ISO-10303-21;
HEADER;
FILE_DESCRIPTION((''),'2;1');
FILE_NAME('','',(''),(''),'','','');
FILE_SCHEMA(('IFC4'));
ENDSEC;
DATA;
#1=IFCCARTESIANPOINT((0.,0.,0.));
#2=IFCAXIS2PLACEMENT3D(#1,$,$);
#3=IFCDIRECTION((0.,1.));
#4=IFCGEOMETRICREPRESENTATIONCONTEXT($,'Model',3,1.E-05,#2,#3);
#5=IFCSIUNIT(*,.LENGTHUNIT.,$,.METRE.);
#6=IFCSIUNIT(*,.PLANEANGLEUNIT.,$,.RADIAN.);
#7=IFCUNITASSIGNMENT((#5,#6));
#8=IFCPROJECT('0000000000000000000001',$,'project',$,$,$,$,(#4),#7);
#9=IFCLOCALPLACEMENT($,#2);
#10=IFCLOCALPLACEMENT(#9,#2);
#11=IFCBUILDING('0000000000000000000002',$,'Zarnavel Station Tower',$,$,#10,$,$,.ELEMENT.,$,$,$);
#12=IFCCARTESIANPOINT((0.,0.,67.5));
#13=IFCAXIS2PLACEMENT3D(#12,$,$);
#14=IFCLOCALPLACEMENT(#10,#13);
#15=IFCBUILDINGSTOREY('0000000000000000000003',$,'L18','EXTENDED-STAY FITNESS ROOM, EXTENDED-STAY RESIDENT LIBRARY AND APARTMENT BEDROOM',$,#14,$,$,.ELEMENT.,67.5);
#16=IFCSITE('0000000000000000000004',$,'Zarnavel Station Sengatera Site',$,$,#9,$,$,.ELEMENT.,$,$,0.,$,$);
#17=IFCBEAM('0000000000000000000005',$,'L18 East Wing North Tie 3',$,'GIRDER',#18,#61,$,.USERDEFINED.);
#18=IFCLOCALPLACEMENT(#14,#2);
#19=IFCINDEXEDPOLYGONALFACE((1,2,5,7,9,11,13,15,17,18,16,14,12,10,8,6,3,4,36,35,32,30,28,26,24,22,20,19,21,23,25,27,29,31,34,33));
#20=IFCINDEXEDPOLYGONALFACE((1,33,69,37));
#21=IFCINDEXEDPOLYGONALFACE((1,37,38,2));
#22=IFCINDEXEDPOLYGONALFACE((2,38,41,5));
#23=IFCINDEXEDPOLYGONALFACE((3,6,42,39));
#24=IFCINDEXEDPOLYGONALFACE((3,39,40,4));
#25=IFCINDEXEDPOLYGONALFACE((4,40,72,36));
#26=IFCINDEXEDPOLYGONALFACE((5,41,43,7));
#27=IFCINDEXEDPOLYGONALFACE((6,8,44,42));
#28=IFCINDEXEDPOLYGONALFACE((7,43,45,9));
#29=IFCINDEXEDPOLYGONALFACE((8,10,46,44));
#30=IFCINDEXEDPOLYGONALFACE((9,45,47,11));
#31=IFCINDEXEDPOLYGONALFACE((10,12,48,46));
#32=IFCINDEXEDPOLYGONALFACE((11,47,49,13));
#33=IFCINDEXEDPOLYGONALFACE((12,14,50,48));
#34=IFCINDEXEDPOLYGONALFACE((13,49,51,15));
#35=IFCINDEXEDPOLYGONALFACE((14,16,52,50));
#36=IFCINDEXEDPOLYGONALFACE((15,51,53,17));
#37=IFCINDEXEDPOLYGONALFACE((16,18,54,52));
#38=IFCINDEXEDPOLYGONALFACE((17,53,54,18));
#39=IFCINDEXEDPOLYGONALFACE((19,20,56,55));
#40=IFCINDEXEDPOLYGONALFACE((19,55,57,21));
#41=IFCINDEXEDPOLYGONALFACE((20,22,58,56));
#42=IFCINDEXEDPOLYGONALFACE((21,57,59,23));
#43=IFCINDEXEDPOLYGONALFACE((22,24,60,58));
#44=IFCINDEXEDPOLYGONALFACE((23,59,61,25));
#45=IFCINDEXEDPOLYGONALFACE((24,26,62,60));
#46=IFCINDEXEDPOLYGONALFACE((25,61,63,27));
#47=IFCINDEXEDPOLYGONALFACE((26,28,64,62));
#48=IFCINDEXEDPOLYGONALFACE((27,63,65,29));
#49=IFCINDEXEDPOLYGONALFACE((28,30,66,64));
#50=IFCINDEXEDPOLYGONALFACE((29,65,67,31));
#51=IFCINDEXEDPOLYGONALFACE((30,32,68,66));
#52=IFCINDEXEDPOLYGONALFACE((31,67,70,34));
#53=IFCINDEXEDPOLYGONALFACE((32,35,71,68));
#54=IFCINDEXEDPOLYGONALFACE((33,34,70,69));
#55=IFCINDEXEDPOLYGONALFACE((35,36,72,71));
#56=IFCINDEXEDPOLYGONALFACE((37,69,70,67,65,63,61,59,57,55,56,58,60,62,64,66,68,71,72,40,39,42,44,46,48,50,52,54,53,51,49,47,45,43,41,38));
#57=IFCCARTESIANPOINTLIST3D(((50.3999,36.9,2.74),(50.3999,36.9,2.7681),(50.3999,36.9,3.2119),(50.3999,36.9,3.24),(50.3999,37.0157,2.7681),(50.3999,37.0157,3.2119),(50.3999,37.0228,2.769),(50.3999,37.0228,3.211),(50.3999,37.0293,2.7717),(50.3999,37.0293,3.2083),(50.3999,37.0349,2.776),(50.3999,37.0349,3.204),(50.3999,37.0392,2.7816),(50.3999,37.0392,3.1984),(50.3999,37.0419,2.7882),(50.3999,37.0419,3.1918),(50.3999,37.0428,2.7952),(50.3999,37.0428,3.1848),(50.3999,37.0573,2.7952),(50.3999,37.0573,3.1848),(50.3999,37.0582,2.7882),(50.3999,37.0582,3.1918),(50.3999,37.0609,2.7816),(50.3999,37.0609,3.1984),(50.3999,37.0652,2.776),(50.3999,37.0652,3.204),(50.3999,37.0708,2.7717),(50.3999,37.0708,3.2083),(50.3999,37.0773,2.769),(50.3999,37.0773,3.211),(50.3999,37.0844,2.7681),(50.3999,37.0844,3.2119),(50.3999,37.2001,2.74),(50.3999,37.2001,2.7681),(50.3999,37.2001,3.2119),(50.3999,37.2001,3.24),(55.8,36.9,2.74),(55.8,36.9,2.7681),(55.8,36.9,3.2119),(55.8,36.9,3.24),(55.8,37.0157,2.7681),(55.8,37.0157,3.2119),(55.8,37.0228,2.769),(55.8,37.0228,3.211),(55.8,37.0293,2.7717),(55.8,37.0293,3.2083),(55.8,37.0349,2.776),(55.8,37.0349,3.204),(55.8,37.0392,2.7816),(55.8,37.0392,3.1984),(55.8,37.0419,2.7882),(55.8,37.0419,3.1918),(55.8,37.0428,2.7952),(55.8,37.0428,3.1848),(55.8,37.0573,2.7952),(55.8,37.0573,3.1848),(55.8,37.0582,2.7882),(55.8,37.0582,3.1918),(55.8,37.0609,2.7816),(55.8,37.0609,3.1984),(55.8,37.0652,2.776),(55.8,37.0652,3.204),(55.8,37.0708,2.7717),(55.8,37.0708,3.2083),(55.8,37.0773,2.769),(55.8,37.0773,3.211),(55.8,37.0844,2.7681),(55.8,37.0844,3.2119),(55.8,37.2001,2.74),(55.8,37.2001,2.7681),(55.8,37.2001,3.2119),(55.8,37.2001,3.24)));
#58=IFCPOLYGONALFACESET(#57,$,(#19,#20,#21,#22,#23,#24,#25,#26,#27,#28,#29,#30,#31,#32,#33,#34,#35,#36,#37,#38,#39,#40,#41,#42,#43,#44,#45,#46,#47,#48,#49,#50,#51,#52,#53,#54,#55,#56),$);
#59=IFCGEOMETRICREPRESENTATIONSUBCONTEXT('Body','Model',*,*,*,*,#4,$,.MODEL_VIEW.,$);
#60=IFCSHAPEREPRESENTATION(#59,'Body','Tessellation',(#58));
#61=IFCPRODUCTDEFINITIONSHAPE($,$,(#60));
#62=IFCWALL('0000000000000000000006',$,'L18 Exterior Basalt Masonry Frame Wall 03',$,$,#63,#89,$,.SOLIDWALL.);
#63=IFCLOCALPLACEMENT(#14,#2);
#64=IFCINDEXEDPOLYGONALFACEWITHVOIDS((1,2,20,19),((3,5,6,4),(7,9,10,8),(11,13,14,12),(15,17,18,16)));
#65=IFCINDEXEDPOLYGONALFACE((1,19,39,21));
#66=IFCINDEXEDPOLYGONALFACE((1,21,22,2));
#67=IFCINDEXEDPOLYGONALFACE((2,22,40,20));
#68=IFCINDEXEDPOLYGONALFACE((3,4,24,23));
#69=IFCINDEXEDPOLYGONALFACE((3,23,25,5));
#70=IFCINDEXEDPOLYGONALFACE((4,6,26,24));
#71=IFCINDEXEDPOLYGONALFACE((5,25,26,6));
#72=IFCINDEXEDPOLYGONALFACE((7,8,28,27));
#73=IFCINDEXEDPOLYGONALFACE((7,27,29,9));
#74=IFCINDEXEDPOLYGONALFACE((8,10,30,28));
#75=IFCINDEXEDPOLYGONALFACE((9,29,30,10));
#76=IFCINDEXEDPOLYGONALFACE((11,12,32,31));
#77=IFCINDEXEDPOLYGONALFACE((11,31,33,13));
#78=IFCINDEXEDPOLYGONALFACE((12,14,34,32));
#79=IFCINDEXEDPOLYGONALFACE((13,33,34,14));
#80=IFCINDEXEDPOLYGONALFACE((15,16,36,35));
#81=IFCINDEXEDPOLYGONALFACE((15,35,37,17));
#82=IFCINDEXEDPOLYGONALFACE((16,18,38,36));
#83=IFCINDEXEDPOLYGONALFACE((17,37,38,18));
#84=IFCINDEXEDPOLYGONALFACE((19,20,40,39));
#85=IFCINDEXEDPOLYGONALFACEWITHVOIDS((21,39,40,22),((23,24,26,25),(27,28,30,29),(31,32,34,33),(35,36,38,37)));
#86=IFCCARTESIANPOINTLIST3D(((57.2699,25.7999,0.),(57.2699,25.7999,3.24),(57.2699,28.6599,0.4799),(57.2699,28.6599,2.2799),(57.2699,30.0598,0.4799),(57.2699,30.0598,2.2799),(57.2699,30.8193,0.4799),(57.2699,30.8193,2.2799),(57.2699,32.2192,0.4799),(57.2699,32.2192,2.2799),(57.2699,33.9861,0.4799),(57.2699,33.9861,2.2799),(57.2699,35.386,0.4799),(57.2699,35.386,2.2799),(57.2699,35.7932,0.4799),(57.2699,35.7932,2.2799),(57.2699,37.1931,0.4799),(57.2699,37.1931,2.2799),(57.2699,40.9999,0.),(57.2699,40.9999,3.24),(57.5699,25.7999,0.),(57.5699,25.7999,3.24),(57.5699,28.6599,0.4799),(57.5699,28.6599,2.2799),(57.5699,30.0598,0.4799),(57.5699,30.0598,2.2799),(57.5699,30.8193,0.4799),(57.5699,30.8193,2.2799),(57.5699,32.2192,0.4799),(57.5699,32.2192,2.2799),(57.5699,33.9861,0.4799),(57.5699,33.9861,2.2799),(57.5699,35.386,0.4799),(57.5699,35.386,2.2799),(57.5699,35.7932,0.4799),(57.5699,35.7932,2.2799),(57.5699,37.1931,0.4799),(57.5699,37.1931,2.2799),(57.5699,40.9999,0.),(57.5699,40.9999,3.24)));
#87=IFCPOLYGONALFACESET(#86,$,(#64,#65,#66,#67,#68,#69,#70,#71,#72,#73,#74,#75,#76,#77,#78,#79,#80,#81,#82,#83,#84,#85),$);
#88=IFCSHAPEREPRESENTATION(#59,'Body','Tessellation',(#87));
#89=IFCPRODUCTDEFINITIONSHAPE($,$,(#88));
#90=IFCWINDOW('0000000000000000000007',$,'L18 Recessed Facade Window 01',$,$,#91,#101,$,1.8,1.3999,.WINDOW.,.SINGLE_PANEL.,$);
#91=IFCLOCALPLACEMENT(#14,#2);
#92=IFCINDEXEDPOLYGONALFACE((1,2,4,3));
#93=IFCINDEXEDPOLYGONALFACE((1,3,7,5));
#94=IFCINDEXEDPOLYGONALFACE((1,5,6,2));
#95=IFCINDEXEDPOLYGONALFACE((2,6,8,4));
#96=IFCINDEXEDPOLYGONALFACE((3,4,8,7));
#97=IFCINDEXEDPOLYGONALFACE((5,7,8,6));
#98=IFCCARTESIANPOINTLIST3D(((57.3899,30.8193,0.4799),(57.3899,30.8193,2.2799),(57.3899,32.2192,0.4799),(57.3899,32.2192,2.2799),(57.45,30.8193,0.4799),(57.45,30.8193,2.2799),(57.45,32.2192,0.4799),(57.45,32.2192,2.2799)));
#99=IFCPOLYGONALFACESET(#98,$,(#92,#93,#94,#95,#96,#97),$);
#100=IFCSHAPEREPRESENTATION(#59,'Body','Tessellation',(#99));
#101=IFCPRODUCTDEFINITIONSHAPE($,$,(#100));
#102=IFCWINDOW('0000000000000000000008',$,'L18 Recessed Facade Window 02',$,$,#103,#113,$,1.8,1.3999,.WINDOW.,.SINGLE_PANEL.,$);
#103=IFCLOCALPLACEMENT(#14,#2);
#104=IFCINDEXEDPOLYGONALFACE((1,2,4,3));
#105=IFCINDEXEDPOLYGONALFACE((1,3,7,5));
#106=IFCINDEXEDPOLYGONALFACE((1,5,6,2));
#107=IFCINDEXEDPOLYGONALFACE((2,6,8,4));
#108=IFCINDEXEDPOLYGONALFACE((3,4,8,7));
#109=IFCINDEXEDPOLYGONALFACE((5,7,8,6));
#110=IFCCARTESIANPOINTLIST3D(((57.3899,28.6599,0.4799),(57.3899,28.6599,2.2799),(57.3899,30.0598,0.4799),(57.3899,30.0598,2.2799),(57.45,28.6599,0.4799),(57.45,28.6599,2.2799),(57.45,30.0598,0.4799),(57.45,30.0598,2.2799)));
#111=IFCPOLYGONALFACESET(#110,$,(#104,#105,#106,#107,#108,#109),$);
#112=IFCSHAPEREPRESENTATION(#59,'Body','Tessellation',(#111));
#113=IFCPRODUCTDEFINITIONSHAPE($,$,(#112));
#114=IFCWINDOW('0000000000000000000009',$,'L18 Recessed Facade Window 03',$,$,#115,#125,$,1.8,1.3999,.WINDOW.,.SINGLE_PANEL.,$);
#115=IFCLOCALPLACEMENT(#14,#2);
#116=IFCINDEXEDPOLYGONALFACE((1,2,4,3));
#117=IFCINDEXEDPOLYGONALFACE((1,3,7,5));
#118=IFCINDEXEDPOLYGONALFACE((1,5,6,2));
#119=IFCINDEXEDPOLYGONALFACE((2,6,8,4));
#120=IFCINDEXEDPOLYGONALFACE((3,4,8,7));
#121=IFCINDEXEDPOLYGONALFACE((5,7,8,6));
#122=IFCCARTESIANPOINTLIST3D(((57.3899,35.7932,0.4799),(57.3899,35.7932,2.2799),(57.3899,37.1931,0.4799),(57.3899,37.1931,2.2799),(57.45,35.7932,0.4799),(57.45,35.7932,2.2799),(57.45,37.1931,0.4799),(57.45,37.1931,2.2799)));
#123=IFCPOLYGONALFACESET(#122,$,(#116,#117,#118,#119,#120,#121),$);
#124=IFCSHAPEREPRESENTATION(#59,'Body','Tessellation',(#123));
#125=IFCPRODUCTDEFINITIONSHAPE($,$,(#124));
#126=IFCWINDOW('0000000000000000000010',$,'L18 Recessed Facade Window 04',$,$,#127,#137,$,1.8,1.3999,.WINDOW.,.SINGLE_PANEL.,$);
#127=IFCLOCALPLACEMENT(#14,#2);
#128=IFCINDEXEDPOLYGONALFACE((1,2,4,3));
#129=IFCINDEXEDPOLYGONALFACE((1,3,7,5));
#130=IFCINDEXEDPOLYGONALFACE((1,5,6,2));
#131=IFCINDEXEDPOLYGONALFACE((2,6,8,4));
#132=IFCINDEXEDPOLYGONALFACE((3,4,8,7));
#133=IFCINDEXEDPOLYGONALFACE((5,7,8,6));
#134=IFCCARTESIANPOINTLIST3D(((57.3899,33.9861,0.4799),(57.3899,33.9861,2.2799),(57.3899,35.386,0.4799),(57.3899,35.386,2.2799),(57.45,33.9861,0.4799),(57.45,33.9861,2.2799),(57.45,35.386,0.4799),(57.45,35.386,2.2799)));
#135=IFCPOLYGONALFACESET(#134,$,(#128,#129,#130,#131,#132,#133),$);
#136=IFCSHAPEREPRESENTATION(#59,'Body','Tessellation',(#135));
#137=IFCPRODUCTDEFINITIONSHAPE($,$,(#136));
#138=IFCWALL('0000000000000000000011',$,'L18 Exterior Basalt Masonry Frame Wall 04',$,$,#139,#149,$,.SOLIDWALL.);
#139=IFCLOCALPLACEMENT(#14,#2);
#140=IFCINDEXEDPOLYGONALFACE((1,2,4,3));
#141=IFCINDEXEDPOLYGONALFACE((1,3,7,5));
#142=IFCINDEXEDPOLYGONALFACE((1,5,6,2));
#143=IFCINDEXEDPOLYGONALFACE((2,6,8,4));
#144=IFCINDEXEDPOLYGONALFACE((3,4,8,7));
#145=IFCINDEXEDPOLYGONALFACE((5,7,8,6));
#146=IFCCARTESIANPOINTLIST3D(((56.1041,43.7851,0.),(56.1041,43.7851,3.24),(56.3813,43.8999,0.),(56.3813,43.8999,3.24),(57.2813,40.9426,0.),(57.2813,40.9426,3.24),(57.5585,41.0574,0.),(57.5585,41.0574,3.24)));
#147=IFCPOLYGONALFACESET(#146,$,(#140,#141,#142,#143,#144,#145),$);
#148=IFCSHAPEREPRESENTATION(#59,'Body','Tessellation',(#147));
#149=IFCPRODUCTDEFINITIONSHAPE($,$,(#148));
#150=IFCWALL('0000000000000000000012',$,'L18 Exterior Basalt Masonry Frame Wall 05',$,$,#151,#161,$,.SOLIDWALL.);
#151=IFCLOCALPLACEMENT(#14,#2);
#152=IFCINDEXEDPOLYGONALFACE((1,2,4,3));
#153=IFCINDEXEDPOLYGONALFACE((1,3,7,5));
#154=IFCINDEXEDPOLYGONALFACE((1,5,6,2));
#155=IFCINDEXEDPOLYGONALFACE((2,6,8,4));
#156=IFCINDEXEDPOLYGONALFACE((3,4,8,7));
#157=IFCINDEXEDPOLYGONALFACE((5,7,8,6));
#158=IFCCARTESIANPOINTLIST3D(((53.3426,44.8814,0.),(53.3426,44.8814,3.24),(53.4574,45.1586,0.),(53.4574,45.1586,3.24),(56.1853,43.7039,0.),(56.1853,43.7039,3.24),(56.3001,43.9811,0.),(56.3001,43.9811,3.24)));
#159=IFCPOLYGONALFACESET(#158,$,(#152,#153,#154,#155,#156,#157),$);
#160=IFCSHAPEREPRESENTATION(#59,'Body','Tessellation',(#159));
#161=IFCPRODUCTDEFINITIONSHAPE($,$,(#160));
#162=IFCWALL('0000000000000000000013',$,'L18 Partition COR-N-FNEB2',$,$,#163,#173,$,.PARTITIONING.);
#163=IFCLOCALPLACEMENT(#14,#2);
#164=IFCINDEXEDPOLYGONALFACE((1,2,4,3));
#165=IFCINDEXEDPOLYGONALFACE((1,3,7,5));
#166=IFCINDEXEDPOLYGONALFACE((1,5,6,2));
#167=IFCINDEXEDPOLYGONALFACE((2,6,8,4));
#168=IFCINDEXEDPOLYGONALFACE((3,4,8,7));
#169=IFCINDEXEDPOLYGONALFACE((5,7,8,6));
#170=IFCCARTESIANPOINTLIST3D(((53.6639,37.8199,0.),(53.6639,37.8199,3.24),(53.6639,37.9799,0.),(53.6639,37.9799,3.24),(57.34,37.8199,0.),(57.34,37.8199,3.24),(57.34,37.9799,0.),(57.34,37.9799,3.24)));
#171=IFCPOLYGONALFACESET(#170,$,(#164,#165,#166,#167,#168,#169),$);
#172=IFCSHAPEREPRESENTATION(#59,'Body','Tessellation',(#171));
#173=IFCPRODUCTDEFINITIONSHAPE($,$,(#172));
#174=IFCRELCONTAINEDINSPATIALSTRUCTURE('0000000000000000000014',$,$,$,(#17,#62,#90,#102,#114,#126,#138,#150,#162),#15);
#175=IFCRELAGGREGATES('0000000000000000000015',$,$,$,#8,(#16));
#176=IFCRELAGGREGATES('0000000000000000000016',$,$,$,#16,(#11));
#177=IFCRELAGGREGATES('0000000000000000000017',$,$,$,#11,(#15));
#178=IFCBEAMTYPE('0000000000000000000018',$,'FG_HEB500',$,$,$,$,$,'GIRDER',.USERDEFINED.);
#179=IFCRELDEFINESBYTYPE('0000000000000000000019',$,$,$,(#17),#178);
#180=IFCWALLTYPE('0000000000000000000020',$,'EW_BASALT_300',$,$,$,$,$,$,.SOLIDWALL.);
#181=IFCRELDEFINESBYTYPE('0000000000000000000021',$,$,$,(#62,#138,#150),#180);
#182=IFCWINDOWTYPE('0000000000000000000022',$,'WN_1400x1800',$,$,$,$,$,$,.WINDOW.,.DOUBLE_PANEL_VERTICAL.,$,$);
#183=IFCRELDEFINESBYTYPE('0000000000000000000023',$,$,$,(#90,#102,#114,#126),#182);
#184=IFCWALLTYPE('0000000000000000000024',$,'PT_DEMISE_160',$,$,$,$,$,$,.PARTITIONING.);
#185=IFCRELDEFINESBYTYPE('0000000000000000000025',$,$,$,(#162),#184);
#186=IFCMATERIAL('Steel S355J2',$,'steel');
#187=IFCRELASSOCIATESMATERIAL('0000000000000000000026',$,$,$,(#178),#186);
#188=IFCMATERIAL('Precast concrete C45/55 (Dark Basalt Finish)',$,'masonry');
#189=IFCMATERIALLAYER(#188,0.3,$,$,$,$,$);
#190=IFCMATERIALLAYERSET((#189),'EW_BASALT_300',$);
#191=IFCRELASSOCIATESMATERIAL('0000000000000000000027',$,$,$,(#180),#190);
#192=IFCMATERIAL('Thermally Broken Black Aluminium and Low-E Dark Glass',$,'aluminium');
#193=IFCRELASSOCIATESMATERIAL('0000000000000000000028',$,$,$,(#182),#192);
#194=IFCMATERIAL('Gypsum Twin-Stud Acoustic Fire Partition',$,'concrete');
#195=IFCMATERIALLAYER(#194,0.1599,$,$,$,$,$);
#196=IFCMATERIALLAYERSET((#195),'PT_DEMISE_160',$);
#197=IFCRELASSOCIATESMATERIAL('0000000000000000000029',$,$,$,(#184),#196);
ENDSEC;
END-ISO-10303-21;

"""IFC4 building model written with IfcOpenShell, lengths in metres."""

from ifc_helpers import new_model, si_unit, direction, frame, frame_2d, origin, origin_2d, place, context, subcontext, project, spatial, rectangle, i_section, extrude, material, layer, layer_set, material_profile, profile_set, type_object, element, fill, save


model = new_model("IFC4")

# Units and contexts
model_context = context("Model", 3, precision=1e-05, world=origin(), true_north=direction((0.0, 1.0)))
body_context = subcontext(model_context, "Body", "Model", "MODEL_VIEW")
ifc_project = project(units=[si_unit("LENGTHUNIT", "METRE"), si_unit("PLANEANGLEUNIT", "RADIAN")], contexts=[model_context])

# Site, building, storey
site_placement = place(None, origin())
site = spatial("IfcSite", under=ifc_project, at=site_placement, Name="Zarnavel Station Sengatera Site", CompositionType="ELEMENT", RefElevation=0.0)
building_placement = place(site_placement, origin())
building = spatial("IfcBuilding", under=site, at=building_placement, Name="Zarnavel Station Tower", CompositionType="ELEMENT")
storey_placement = place(building_placement, frame((0.0, 0.0, 67.5)))
storey = spatial("IfcBuildingStorey", under=building, at=storey_placement, Name="L18", Description="EXTENDED-STAY FITNESS ROOM, EXTENDED-STAY RESIDENT LIBRARY AND APARTMENT BEDROOM", CompositionType="ELEMENT", Elevation=67.5)

# Beam
ifc_material_1 = material(Name="Steel S355J2", Category="steel")
ifc_material_profile_1 = material_profile(ifc_material_1, i_section(OverallWidth=0.3, OverallDepth=0.5, WebThickness=0.0144, FlangeThickness=0.0281, FilletRadius=0.0271, at=origin_2d()), Name="HEB500")
ifc_profile_set_1 = profile_set([ifc_material_profile_1], Name="Steel S355J2")
beam_type = type_object("IfcBeamType", Name="FG_HEB500", ElementType="GIRDER", PredefinedType="USERDEFINED", material=ifc_profile_set_1)
beam_1_placement = place(storey_placement, frame((50.3999, 37.05, 2.99), z_axis=(1.0, 0.0, 0.0), x_axis=(0.0, 1.0, 0.0)))
element("IfcBeam", 1, at=beam_1_placement, inside=storey, type_object=beam_type, Name="L18 East Wing North Tie 3", ObjectType="GIRDER", PredefinedType="USERDEFINED", context=body_context, shape_type="SweptSolid", body=[
    extrude(i_section(OverallWidth=0.3, OverallDepth=0.5, WebThickness=0.0144, FlangeThickness=0.0281, FilletRadius=0.0271, at=origin_2d()), origin(), (0.0, 0.0, 1.0), 5.4001),
])

# Wall, openings, windows
ifc_material_2 = material(Name="Precast concrete C45/55 (Dark Basalt Finish)", Category="masonry")
ifc_layer_1 = layer(ifc_material_2, 0.3)
ifc_layer_set_1 = layer_set([ifc_layer_1], Name="EW_BASALT_300")
wall_type_1 = type_object("IfcWallType", Name="EW_BASALT_300", PredefinedType="SOLIDWALL", material=ifc_layer_set_1)
wall_1_placement = place(storey_placement, frame((57.4199, 41.0, 0.0), z_axis=(0.0, 0.0, 1.0), x_axis=(0.0, -1.0, 0.0)))
wall_1 = element("IfcWall", 2, at=wall_1_placement, inside=storey, type_object=wall_type_1, Name="L18 Exterior Basalt Masonry Frame Wall 03", PredefinedType="SOLIDWALL", context=body_context, shape_type="SweptSolid", body=[
    extrude(rectangle(XDim=15.2, YDim=0.3, at=frame_2d((7.6001, 0.0))), origin(), (0.0, 0.0, 1.0), 3.24),
])
opening_1_placement = place(wall_1_placement, frame((8.7808, 0.0, 0.48)))
opening_1 = element("IfcOpeningElement", 3, at=opening_1_placement, cuts=wall_1, PredefinedType="OPENING", context=body_context, shape_type="SweptSolid", body=[
    extrude(rectangle(XDim=1.3999, YDim=1.8, at=frame_2d((0.7, 0.8999))), frame((0.0, 0.1599, 0.0), z_axis=(0.0, -1.0, 0.0), x_axis=(1.0, 0.0, 0.0)), (0.0, 0.0, 1.0), 0.3201),
])
opening_2_placement = place(wall_1_placement, frame((10.9402, 0.0, 0.48)))
opening_2 = element("IfcOpeningElement", 4, at=opening_2_placement, cuts=wall_1, PredefinedType="OPENING", context=body_context, shape_type="SweptSolid", body=[
    extrude(rectangle(XDim=1.3999, YDim=1.8, at=frame_2d((0.7, 0.8999))), frame((0.0, 0.1599, 0.0), z_axis=(0.0, -1.0, 0.0), x_axis=(1.0, 0.0, 0.0)), (0.0, 0.0, 1.0), 0.3201),
])
opening_3_placement = place(wall_1_placement, frame((3.8069, 0.0, 0.48)))
opening_3 = element("IfcOpeningElement", 5, at=opening_3_placement, cuts=wall_1, PredefinedType="OPENING", context=body_context, shape_type="SweptSolid", body=[
    extrude(rectangle(XDim=1.3999, YDim=1.8, at=frame_2d((0.7, 0.8999))), frame((0.0, 0.1599, 0.0), z_axis=(0.0, -1.0, 0.0), x_axis=(1.0, 0.0, 0.0)), (0.0, 0.0, 1.0), 0.3201),
])
opening_4_placement = place(wall_1_placement, frame((5.614, 0.0, 0.48)))
opening_4 = element("IfcOpeningElement", 6, at=opening_4_placement, cuts=wall_1, PredefinedType="OPENING", context=body_context, shape_type="SweptSolid", body=[
    extrude(rectangle(XDim=1.3999, YDim=1.8, at=frame_2d((0.7, 0.8999))), frame((0.0, 0.1599, 0.0), z_axis=(0.0, -1.0, 0.0), x_axis=(1.0, 0.0, 0.0)), (0.0, 0.0, 1.0), 0.3201),
])
ifc_material_3 = material(Name="Thermally Broken Black Aluminium and Low-E Dark Glass", Category="aluminium")
window_type = type_object("IfcWindowType", Name="WN_1400x1800", PartitioningType="DOUBLE_PANEL_VERTICAL", PredefinedType="WINDOW", material=ifc_material_3)
window_1_placement = place(opening_1_placement, origin())
window_1 = element("IfcWindow", 7, at=window_1_placement, inside=storey, type_object=window_type, Name="L18 Recessed Facade Window 01", OverallHeight=1.8, OverallWidth=1.3999, PartitioningType="SINGLE_PANEL", PredefinedType="WINDOW", context=body_context, shape_type="SweptSolid", body=[
    extrude(rectangle(XDim=1.3999, YDim=1.8, at=frame_2d((0.7, 0.8999))), frame((0.0, 0.03, 0.0), z_axis=(0.0, -1.0, 0.0), x_axis=(1.0, 0.0, 0.0)), (0.0, 0.0, 1.0), 0.0601),
])
fill(opening_1, window_1)
window_2_placement = place(opening_2_placement, origin())
window_2 = element("IfcWindow", 8, at=window_2_placement, inside=storey, type_object=window_type, Name="L18 Recessed Facade Window 02", OverallHeight=1.8, OverallWidth=1.3999, PartitioningType="SINGLE_PANEL", PredefinedType="WINDOW", context=body_context, shape_type="SweptSolid", body=[
    extrude(rectangle(XDim=1.3999, YDim=1.8, at=frame_2d((0.7, 0.8999))), frame((0.0, 0.03, 0.0), z_axis=(0.0, -1.0, 0.0), x_axis=(1.0, 0.0, 0.0)), (0.0, 0.0, 1.0), 0.0601),
])
fill(opening_2, window_2)
window_3_placement = place(opening_3_placement, origin())
window_3 = element("IfcWindow", 9, at=window_3_placement, inside=storey, type_object=window_type, Name="L18 Recessed Facade Window 03", OverallHeight=1.8, OverallWidth=1.3999, PartitioningType="SINGLE_PANEL", PredefinedType="WINDOW", context=body_context, shape_type="SweptSolid", body=[
    extrude(rectangle(XDim=1.3999, YDim=1.8, at=frame_2d((0.7, 0.8999))), frame((0.0, 0.03, 0.0), z_axis=(0.0, -1.0, 0.0), x_axis=(1.0, 0.0, 0.0)), (0.0, 0.0, 1.0), 0.0601),
])
fill(opening_3, window_3)
window_4_placement = place(opening_4_placement, origin())
window_4 = element("IfcWindow", 10, at=window_4_placement, inside=storey, type_object=window_type, Name="L18 Recessed Facade Window 04", OverallHeight=1.8, OverallWidth=1.3999, PartitioningType="SINGLE_PANEL", PredefinedType="WINDOW", context=body_context, shape_type="SweptSolid", body=[
    extrude(rectangle(XDim=1.3999, YDim=1.8, at=frame_2d((0.7, 0.8999))), frame((0.0, 0.03, 0.0), z_axis=(0.0, -1.0, 0.0), x_axis=(1.0, 0.0, 0.0)), (0.0, 0.0, 1.0), 0.0601),
])
fill(opening_4, window_4)

# Walls
wall_2_placement = place(storey_placement, frame((56.2427, 43.8425, 0.0), z_axis=(0.0, 0.0, 1.0), x_axis=(0.382637, -0.923899, 0.0)))
element("IfcWall", 11, at=wall_2_placement, inside=storey, type_object=wall_type_1, Name="L18 Exterior Basalt Masonry Frame Wall 04", PredefinedType="SOLIDWALL", context=body_context, shape_type="SweptSolid", body=[
    extrude(rectangle(XDim=3.0767, YDim=0.3, at=frame_2d((1.5383, 0.0))), origin(), (0.0, 0.0, 1.0), 3.24),
])
wall_3_placement = place(storey_placement, frame((53.3999, 45.02, 0.0), z_axis=(0.0, 0.0, 1.0), x_axis=(0.923882, -0.382676, 0.0)))
element("IfcWall", 12, at=wall_3_placement, inside=storey, type_object=wall_type_1, Name="L18 Exterior Basalt Masonry Frame Wall 05", PredefinedType="SOLIDWALL", context=body_context, shape_type="SweptSolid", body=[
    extrude(rectangle(XDim=3.0769, YDim=0.3, at=frame_2d((1.5386, 0.0))), origin(), (0.0, 0.0, 1.0), 3.24),
])

# Shared definitions
ifc_material_4 = material(Name="Gypsum Twin-Stud Acoustic Fire Partition", Category="concrete")
ifc_layer_2 = layer(ifc_material_4, 0.1599)
ifc_layer_set_2 = layer_set([ifc_layer_2], Name="PT_DEMISE_160")
wall_type_2 = type_object("IfcWallType", Name="PT_DEMISE_160", PredefinedType="PARTITIONING", material=ifc_layer_set_2)

# Wall
wall_4_placement = place(storey_placement, frame((53.6641, 37.8999, 0.0), z_axis=(0.0, 0.0, 1.0), x_axis=(1.0, 0.0, 0.0)))
element("IfcWall", 13, at=wall_4_placement, inside=storey, type_object=wall_type_2, Name="L18 Partition COR-N-FNEB2", PredefinedType="PARTITIONING", context=body_context, shape_type="SweptSolid", body=[
    extrude(rectangle(XDim=3.676, YDim=0.1599, at=frame_2d((1.8379, 0.0))), origin(), (0.0, 0.0, 1.0), 3.24),
])

save(model, "model.ifc")
